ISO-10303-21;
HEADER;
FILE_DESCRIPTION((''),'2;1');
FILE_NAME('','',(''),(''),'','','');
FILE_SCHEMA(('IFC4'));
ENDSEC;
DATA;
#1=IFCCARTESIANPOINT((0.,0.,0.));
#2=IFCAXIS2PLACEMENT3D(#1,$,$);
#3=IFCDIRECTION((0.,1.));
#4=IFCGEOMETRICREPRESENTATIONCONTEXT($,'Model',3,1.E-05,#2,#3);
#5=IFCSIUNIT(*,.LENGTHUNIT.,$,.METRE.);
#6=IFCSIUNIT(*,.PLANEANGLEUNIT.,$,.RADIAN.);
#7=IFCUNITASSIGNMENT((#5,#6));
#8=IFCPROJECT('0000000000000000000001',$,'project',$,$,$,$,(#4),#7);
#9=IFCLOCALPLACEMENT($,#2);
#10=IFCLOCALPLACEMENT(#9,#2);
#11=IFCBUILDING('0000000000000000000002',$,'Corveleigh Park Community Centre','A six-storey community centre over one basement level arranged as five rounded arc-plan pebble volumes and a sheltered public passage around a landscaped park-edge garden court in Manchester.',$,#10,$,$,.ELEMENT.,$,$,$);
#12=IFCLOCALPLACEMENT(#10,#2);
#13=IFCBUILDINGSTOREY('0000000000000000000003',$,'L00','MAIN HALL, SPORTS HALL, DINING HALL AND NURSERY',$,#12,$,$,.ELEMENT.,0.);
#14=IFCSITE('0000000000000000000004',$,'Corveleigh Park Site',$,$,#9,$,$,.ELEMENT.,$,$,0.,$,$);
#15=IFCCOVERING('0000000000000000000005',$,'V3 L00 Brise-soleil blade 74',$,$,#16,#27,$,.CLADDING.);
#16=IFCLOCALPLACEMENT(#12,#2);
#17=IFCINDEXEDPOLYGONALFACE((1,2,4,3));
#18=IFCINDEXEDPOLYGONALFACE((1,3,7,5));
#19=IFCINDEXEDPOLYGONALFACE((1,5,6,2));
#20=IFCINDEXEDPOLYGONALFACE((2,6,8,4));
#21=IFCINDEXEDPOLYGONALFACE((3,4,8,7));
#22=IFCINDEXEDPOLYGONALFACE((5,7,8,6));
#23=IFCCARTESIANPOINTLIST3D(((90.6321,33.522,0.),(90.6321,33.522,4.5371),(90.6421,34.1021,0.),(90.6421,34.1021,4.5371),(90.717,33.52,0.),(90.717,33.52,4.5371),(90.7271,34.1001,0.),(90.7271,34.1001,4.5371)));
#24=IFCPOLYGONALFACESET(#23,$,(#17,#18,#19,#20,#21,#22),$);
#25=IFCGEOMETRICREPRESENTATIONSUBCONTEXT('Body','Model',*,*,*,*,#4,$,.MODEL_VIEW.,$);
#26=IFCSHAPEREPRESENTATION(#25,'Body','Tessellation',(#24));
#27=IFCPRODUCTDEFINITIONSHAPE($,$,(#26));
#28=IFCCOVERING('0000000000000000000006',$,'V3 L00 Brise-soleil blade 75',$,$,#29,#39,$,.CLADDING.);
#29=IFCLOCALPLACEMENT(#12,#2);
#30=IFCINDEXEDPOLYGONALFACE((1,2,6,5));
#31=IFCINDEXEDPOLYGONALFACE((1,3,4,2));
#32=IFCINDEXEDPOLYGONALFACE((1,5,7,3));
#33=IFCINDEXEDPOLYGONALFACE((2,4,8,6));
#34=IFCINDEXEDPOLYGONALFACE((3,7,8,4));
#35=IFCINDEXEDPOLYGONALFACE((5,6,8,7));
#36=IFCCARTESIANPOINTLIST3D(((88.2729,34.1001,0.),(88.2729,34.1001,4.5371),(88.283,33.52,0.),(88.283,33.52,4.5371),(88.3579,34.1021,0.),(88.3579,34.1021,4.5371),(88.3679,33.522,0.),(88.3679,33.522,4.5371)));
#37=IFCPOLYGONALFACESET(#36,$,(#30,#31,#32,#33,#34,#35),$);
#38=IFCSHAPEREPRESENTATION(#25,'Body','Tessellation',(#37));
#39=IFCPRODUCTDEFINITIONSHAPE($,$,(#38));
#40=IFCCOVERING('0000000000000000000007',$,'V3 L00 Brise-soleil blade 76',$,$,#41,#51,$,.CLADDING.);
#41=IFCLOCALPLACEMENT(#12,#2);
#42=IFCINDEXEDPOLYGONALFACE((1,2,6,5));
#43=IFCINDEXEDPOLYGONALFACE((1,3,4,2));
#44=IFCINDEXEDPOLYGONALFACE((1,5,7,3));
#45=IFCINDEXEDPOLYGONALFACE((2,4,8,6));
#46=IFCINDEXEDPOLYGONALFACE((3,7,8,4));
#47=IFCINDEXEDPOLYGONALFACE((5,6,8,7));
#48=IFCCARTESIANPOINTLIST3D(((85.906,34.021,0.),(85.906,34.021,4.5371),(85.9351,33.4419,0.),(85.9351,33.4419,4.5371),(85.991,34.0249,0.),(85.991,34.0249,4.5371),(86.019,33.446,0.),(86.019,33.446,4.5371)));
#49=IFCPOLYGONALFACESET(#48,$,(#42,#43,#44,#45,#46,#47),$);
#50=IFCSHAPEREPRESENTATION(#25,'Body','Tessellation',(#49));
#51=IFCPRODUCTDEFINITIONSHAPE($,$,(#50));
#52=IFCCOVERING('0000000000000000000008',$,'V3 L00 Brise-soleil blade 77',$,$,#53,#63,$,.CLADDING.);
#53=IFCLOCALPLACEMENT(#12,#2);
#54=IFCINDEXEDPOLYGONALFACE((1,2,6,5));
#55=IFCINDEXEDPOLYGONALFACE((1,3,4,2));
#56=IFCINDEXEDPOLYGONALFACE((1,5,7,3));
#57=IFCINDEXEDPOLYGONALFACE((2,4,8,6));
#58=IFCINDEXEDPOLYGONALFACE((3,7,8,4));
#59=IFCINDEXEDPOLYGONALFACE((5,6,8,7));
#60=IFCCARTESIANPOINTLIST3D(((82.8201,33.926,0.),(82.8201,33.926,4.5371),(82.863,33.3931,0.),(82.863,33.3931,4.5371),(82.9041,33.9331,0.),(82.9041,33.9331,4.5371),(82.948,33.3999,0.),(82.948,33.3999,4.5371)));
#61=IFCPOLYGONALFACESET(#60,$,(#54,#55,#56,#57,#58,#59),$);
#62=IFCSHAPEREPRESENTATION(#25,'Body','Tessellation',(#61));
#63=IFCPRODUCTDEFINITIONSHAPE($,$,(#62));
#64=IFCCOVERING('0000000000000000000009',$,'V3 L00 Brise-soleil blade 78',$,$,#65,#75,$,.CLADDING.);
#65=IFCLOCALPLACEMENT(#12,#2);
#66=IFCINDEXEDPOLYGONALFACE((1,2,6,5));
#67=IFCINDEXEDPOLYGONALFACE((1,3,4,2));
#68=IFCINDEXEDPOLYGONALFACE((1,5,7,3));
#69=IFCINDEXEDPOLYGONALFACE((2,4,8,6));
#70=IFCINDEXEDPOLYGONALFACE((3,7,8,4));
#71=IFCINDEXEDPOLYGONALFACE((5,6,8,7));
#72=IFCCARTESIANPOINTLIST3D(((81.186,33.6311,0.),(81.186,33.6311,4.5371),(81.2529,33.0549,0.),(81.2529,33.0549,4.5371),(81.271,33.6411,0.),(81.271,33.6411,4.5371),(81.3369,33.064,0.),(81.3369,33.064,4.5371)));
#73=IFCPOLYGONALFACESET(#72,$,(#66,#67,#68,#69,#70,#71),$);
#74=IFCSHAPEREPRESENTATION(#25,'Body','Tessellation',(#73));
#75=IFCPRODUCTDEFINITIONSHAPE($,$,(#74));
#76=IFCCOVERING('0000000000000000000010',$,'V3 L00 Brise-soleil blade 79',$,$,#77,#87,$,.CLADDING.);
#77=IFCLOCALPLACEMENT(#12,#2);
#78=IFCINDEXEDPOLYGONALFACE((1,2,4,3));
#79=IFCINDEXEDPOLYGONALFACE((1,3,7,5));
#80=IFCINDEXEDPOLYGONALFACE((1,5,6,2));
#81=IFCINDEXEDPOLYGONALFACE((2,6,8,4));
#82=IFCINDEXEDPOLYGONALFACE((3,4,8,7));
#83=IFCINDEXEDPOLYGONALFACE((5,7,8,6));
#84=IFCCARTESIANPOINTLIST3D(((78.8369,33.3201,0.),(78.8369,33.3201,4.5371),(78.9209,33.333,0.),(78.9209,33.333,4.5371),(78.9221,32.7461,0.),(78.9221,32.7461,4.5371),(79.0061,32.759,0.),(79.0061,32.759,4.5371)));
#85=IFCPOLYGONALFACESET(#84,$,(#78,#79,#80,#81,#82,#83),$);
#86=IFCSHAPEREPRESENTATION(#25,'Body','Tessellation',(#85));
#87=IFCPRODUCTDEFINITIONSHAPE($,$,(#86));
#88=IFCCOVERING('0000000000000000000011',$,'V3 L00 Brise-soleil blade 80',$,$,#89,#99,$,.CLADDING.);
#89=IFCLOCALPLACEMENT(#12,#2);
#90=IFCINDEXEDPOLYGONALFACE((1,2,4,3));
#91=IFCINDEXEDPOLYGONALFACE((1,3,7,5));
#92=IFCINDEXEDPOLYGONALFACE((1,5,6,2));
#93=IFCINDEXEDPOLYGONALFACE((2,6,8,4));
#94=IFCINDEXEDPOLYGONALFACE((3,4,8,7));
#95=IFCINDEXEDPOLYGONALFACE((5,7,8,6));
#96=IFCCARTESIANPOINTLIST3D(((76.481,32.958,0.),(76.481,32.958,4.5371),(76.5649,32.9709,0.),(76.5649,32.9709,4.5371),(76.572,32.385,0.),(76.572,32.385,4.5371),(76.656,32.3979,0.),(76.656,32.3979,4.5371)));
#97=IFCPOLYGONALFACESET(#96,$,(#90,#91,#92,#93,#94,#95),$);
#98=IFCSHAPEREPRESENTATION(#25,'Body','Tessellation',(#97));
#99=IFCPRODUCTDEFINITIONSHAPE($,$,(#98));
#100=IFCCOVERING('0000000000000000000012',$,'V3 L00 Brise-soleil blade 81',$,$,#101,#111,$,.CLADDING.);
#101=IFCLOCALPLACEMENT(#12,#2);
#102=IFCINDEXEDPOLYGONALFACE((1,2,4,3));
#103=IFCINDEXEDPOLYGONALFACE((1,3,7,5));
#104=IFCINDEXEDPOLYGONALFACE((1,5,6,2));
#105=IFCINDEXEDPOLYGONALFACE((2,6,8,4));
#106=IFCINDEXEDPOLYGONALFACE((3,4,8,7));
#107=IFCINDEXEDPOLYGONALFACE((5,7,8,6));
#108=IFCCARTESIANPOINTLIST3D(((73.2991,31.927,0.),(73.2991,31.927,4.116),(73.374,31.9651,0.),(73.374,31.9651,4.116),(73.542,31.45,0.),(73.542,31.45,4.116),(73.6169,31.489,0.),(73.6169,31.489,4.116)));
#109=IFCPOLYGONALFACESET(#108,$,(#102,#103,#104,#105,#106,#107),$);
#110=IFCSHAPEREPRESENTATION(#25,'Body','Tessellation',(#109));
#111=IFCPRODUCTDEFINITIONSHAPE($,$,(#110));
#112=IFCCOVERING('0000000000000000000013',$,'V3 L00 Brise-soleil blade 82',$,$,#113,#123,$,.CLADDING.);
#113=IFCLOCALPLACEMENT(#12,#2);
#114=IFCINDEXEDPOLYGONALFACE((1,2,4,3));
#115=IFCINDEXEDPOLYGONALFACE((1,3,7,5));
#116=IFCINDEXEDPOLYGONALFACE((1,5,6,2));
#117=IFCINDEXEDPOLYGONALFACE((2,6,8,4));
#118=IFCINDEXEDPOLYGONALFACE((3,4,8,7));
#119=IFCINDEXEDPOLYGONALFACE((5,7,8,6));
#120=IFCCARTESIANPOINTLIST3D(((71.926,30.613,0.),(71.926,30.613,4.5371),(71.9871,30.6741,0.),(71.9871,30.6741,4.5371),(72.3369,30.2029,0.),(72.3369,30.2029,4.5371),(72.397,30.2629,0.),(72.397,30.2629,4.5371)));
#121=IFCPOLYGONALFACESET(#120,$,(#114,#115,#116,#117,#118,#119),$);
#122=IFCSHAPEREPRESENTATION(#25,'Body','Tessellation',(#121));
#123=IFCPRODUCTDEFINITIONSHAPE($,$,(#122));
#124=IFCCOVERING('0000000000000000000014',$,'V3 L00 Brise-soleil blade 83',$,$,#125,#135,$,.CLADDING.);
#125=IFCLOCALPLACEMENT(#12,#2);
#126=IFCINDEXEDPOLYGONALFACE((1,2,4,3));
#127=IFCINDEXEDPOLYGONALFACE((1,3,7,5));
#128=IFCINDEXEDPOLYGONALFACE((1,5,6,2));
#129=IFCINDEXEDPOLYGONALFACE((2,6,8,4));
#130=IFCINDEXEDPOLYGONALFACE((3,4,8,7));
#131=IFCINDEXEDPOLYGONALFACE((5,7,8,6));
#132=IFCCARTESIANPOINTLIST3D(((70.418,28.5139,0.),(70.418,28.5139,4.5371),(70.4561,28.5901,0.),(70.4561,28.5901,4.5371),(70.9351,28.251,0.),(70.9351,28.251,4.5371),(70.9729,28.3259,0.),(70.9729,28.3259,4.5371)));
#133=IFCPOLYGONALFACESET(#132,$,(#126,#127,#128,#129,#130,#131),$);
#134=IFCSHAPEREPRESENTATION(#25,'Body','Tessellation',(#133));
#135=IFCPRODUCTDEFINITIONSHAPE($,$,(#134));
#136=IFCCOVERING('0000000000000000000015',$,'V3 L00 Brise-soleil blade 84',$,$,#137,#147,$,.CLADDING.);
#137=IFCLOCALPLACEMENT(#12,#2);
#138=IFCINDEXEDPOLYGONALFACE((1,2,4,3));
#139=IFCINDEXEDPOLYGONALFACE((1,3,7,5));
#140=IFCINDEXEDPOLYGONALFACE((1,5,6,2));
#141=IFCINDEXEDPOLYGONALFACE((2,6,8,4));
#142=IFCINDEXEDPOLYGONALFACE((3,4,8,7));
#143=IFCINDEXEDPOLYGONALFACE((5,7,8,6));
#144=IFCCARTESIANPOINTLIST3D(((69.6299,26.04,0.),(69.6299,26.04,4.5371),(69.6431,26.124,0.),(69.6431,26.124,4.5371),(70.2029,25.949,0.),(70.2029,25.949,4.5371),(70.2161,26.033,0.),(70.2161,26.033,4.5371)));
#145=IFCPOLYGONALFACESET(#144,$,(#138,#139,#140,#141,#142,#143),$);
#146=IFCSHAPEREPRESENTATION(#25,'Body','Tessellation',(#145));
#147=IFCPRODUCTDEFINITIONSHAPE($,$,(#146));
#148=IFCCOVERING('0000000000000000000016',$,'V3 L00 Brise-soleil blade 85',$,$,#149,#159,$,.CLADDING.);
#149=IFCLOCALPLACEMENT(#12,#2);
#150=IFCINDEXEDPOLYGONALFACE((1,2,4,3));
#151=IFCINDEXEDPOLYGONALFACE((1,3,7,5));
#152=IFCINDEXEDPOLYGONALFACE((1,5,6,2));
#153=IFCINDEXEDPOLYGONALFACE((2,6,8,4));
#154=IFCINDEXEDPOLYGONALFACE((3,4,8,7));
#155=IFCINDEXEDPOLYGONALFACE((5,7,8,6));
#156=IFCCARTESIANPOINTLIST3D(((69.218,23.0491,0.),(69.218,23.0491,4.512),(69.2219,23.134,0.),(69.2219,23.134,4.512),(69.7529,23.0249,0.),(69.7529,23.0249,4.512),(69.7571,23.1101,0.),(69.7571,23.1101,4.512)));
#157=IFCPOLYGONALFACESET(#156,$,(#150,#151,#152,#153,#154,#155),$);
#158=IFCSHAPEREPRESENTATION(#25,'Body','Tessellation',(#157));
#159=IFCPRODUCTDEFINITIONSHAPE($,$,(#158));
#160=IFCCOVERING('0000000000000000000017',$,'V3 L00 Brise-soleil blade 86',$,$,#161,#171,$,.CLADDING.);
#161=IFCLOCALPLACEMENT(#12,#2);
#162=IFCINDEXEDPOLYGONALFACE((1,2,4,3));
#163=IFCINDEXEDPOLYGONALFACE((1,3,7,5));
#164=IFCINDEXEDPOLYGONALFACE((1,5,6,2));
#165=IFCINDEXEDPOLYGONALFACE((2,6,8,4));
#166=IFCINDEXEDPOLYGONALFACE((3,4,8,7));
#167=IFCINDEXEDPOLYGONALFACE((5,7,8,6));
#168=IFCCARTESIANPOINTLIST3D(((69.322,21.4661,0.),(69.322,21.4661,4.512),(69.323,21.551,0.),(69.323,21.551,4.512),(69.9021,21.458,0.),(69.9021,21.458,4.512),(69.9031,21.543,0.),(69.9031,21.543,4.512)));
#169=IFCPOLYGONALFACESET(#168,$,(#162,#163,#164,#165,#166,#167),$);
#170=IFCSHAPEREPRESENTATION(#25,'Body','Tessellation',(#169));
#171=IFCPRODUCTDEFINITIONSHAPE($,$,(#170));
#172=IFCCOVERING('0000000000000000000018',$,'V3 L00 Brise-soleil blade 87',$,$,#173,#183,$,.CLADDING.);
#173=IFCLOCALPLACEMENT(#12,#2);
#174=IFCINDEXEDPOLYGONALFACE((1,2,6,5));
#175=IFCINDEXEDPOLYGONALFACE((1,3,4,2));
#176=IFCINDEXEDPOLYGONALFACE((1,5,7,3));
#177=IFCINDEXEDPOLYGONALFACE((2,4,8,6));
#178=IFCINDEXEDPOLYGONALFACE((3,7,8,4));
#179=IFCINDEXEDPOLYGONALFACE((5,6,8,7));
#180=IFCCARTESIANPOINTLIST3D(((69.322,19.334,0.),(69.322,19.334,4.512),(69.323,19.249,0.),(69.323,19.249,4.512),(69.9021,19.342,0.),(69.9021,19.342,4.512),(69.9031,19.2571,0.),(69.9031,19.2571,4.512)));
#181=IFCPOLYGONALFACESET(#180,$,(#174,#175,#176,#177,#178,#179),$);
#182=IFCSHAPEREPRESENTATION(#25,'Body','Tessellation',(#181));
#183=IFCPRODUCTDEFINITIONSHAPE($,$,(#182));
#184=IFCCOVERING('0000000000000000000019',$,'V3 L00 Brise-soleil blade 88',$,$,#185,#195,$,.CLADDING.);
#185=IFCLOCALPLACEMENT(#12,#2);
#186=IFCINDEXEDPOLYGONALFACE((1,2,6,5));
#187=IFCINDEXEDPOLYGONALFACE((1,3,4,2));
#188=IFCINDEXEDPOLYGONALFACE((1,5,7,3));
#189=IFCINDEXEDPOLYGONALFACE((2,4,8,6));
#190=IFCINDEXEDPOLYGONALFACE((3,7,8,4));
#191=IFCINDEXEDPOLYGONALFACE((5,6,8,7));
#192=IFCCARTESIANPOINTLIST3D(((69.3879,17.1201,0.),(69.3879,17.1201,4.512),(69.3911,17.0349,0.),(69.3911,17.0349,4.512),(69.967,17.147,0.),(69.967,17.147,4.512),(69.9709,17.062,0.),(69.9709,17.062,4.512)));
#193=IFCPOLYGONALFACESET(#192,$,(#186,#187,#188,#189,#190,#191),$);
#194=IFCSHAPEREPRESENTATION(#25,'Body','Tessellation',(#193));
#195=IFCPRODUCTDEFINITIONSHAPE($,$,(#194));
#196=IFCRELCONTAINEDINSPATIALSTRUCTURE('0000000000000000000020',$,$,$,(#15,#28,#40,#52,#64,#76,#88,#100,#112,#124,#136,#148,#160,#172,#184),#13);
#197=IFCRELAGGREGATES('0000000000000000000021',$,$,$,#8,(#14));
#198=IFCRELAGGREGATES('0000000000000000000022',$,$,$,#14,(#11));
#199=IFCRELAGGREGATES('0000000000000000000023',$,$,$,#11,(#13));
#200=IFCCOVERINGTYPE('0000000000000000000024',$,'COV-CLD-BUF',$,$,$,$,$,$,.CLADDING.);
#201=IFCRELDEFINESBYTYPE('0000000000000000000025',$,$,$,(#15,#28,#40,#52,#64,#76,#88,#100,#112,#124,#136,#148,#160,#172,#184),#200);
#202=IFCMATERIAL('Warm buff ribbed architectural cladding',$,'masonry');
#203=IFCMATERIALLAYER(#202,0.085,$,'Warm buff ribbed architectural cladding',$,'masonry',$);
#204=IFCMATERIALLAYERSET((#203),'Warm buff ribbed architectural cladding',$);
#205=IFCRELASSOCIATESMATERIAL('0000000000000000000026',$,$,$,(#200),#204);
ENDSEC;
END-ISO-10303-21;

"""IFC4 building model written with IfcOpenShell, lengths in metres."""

from ifc_helpers import new_model, si_unit, direction, origin, place, context, subcontext, project, spatial, polyline, outline, extrude, material, layer, layer_set, type_object, element, save


model = new_model("IFC4")

# Units and contexts
model_context = context("Model", 3, precision=1e-05, world=origin(), true_north=direction((0.0, 1.0)))
body_context = subcontext(model_context, "Body", "Model", "MODEL_VIEW")
ifc_project = project(units=[si_unit("LENGTHUNIT", "METRE"), si_unit("PLANEANGLEUNIT", "RADIAN")], contexts=[model_context])

# Site, building, storey
site_placement = place(None, origin())
site = spatial("IfcSite", under=ifc_project, at=site_placement, Name="Corveleigh Park Site", CompositionType="ELEMENT", RefElevation=0.0)
building_placement = place(site_placement, origin())
building = spatial("IfcBuilding", under=site, at=building_placement, Name="Corveleigh Park Community Centre", Description="A six-storey community centre over one basement level arranged as five rounded arc-plan pebble volumes and a sheltered public passage around a landscaped park-edge garden court in Manchester.", CompositionType="ELEMENT")
storey_placement = place(building_placement, origin())
storey = spatial("IfcBuildingStorey", under=building, at=storey_placement, Name="L00", Description="MAIN HALL, SPORTS HALL, DINING HALL AND NURSERY", CompositionType="ELEMENT", Elevation=0.0)

# Coverings
ifc_material = material(Name="Warm buff ribbed architectural cladding", Category="masonry")
ifc_layer = layer(ifc_material, 0.085, Name="Warm buff ribbed architectural cladding", Category="masonry")
ifc_layer_set = layer_set([ifc_layer], Name="Warm buff ribbed architectural cladding")
covering_type = type_object("IfcCoveringType", Name="COV-CLD-BUF", PredefinedType="CLADDING", material=ifc_layer_set)
covering_1_placement = place(storey_placement, origin())
element("IfcCovering", 1, at=covering_1_placement, inside=storey, type_object=covering_type, Name="V3 L00 Brise-soleil blade 74", PredefinedType="CLADDING", context=body_context, shape_type="SweptSolid", body=[
    extrude(outline(polyline([(90.6321, 33.522), (90.717, 33.52), (90.7271, 34.1001), (90.6421, 34.1021), (90.6321, 33.522)])), origin(), (0.0, 0.0, 1.0), 4.5371),
])
covering_2_placement = place(storey_placement, origin())
element("IfcCovering", 2, at=covering_2_placement, inside=storey, type_object=covering_type, Name="V3 L00 Brise-soleil blade 75", PredefinedType="CLADDING", context=body_context, shape_type="SweptSolid", body=[
    extrude(outline(polyline([(88.283, 33.52), (88.3679, 33.522), (88.3579, 34.1021), (88.2729, 34.1001), (88.283, 33.52)])), origin(), (0.0, 0.0, 1.0), 4.5371),
])
covering_3_placement = place(storey_placement, origin())
element("IfcCovering", 3, at=covering_3_placement, inside=storey, type_object=covering_type, Name="V3 L00 Brise-soleil blade 76", PredefinedType="CLADDING", context=body_context, shape_type="SweptSolid", body=[
    extrude(outline(polyline([(85.9351, 33.4419), (86.019, 33.446), (85.991, 34.0249), (85.906, 34.021), (85.9351, 33.4419)])), origin(), (0.0, 0.0, 1.0), 4.5371),
])
covering_4_placement = place(storey_placement, origin())
element("IfcCovering", 4, at=covering_4_placement, inside=storey, type_object=covering_type, Name="V3 L00 Brise-soleil blade 77", PredefinedType="CLADDING", context=body_context, shape_type="SweptSolid", body=[
    extrude(outline(polyline([(82.863, 33.3931), (82.948, 33.3999), (82.9041, 33.9331), (82.8201, 33.926), (82.863, 33.3931)])), origin(), (0.0, 0.0, 1.0), 4.5371),
])
covering_5_placement = place(storey_placement, origin())
element("IfcCovering", 5, at=covering_5_placement, inside=storey, type_object=covering_type, Name="V3 L00 Brise-soleil blade 78", PredefinedType="CLADDING", context=body_context, shape_type="SweptSolid", body=[
    extrude(outline(polyline([(81.2529, 33.0549), (81.3369, 33.064), (81.271, 33.6411), (81.186, 33.6311), (81.2529, 33.0549)])), origin(), (0.0, 0.0, 1.0), 4.5371),
])
covering_6_placement = place(storey_placement, origin())
element("IfcCovering", 6, at=covering_6_placement, inside=storey, type_object=covering_type, Name="V3 L00 Brise-soleil blade 79", PredefinedType="CLADDING", context=body_context, shape_type="SweptSolid", body=[
    extrude(outline(polyline([(78.9221, 32.7461), (79.0061, 32.759), (78.9209, 33.333), (78.8369, 33.3201), (78.9221, 32.7461)])), origin(), (0.0, 0.0, 1.0), 4.5371),
])
covering_7_placement = place(storey_placement, origin())
element("IfcCovering", 7, at=covering_7_placement, inside=storey, type_object=covering_type, Name="V3 L00 Brise-soleil blade 80", PredefinedType="CLADDING", context=body_context, shape_type="SweptSolid", body=[
    extrude(outline(polyline([(76.572, 32.385), (76.656, 32.3979), (76.5649, 32.9709), (76.481, 32.958), (76.572, 32.385)])), origin(), (0.0, 0.0, 1.0), 4.5371),
])
covering_8_placement = place(storey_placement, origin())
element("IfcCovering", 8, at=covering_8_placement, inside=storey, type_object=covering_type, Name="V3 L00 Brise-soleil blade 81", PredefinedType="CLADDING", context=body_context, shape_type="SweptSolid", body=[
    extrude(outline(polyline([(73.542, 31.45), (73.6169, 31.489), (73.374, 31.9651), (73.2991, 31.927), (73.542, 31.45)])), origin(), (0.0, 0.0, 1.0), 4.116),
])
covering_9_placement = place(storey_placement, origin())
element("IfcCovering", 9, at=covering_9_placement, inside=storey, type_object=covering_type, Name="V3 L00 Brise-soleil blade 82", PredefinedType="CLADDING", context=body_context, shape_type="SweptSolid", body=[
    extrude(outline(polyline([(72.3369, 30.2029), (72.397, 30.2629), (71.9871, 30.6741), (71.926, 30.613), (72.3369, 30.2029)])), origin(), (0.0, 0.0, 1.0), 4.5371),
])
covering_10_placement = place(storey_placement, origin())
element("IfcCovering", 10, at=covering_10_placement, inside=storey, type_object=covering_type, Name="V3 L00 Brise-soleil blade 83", PredefinedType="CLADDING", context=body_context, shape_type="SweptSolid", body=[
    extrude(outline(polyline([(70.9351, 28.251), (70.9729, 28.3259), (70.4561, 28.5901), (70.418, 28.5139), (70.9351, 28.251)])), origin(), (0.0, 0.0, 1.0), 4.5371),
])
covering_11_placement = place(storey_placement, origin())
element("IfcCovering", 11, at=covering_11_placement, inside=storey, type_object=covering_type, Name="V3 L00 Brise-soleil blade 84", PredefinedType="CLADDING", context=body_context, shape_type="SweptSolid", body=[
    extrude(outline(polyline([(70.2029, 25.949), (70.2161, 26.033), (69.6431, 26.124), (69.6299, 26.04), (70.2029, 25.949)])), origin(), (0.0, 0.0, 1.0), 4.5371),
])
covering_12_placement = place(storey_placement, origin())
element("IfcCovering", 12, at=covering_12_placement, inside=storey, type_object=covering_type, Name="V3 L00 Brise-soleil blade 85", PredefinedType="CLADDING", context=body_context, shape_type="SweptSolid", body=[
    extrude(outline(polyline([(69.7529, 23.0249), (69.7571, 23.1101), (69.2219, 23.134), (69.218, 23.0491), (69.7529, 23.0249)])), origin(), (0.0, 0.0, 1.0), 4.512),
])
covering_13_placement = place(storey_placement, origin())
element("IfcCovering", 13, at=covering_13_placement, inside=storey, type_object=covering_type, Name="V3 L00 Brise-soleil blade 86", PredefinedType="CLADDING", context=body_context, shape_type="SweptSolid", body=[
    extrude(outline(polyline([(69.9021, 21.458), (69.9031, 21.543), (69.323, 21.551), (69.322, 21.4661), (69.9021, 21.458)])), origin(), (0.0, 0.0, 1.0), 4.512),
])
covering_14_placement = place(storey_placement, origin())
element("IfcCovering", 14, at=covering_14_placement, inside=storey, type_object=covering_type, Name="V3 L00 Brise-soleil blade 87", PredefinedType="CLADDING", context=body_context, shape_type="SweptSolid", body=[
    extrude(outline(polyline([(69.9031, 19.2571), (69.9021, 19.342), (69.322, 19.334), (69.323, 19.249), (69.9031, 19.2571)])), origin(), (0.0, 0.0, 1.0), 4.512),
])
covering_15_placement = place(storey_placement, origin())
element("IfcCovering", 15, at=covering_15_placement, inside=storey, type_object=covering_type, Name="V3 L00 Brise-soleil blade 88", PredefinedType="CLADDING", context=body_context, shape_type="SweptSolid", body=[
    extrude(outline(polyline([(69.9709, 17.062), (69.967, 17.147), (69.3879, 17.1201), (69.3911, 17.0349), (69.9709, 17.062)])), origin(), (0.0, 0.0, 1.0), 4.512),
])

save(model, "model.ifc")
